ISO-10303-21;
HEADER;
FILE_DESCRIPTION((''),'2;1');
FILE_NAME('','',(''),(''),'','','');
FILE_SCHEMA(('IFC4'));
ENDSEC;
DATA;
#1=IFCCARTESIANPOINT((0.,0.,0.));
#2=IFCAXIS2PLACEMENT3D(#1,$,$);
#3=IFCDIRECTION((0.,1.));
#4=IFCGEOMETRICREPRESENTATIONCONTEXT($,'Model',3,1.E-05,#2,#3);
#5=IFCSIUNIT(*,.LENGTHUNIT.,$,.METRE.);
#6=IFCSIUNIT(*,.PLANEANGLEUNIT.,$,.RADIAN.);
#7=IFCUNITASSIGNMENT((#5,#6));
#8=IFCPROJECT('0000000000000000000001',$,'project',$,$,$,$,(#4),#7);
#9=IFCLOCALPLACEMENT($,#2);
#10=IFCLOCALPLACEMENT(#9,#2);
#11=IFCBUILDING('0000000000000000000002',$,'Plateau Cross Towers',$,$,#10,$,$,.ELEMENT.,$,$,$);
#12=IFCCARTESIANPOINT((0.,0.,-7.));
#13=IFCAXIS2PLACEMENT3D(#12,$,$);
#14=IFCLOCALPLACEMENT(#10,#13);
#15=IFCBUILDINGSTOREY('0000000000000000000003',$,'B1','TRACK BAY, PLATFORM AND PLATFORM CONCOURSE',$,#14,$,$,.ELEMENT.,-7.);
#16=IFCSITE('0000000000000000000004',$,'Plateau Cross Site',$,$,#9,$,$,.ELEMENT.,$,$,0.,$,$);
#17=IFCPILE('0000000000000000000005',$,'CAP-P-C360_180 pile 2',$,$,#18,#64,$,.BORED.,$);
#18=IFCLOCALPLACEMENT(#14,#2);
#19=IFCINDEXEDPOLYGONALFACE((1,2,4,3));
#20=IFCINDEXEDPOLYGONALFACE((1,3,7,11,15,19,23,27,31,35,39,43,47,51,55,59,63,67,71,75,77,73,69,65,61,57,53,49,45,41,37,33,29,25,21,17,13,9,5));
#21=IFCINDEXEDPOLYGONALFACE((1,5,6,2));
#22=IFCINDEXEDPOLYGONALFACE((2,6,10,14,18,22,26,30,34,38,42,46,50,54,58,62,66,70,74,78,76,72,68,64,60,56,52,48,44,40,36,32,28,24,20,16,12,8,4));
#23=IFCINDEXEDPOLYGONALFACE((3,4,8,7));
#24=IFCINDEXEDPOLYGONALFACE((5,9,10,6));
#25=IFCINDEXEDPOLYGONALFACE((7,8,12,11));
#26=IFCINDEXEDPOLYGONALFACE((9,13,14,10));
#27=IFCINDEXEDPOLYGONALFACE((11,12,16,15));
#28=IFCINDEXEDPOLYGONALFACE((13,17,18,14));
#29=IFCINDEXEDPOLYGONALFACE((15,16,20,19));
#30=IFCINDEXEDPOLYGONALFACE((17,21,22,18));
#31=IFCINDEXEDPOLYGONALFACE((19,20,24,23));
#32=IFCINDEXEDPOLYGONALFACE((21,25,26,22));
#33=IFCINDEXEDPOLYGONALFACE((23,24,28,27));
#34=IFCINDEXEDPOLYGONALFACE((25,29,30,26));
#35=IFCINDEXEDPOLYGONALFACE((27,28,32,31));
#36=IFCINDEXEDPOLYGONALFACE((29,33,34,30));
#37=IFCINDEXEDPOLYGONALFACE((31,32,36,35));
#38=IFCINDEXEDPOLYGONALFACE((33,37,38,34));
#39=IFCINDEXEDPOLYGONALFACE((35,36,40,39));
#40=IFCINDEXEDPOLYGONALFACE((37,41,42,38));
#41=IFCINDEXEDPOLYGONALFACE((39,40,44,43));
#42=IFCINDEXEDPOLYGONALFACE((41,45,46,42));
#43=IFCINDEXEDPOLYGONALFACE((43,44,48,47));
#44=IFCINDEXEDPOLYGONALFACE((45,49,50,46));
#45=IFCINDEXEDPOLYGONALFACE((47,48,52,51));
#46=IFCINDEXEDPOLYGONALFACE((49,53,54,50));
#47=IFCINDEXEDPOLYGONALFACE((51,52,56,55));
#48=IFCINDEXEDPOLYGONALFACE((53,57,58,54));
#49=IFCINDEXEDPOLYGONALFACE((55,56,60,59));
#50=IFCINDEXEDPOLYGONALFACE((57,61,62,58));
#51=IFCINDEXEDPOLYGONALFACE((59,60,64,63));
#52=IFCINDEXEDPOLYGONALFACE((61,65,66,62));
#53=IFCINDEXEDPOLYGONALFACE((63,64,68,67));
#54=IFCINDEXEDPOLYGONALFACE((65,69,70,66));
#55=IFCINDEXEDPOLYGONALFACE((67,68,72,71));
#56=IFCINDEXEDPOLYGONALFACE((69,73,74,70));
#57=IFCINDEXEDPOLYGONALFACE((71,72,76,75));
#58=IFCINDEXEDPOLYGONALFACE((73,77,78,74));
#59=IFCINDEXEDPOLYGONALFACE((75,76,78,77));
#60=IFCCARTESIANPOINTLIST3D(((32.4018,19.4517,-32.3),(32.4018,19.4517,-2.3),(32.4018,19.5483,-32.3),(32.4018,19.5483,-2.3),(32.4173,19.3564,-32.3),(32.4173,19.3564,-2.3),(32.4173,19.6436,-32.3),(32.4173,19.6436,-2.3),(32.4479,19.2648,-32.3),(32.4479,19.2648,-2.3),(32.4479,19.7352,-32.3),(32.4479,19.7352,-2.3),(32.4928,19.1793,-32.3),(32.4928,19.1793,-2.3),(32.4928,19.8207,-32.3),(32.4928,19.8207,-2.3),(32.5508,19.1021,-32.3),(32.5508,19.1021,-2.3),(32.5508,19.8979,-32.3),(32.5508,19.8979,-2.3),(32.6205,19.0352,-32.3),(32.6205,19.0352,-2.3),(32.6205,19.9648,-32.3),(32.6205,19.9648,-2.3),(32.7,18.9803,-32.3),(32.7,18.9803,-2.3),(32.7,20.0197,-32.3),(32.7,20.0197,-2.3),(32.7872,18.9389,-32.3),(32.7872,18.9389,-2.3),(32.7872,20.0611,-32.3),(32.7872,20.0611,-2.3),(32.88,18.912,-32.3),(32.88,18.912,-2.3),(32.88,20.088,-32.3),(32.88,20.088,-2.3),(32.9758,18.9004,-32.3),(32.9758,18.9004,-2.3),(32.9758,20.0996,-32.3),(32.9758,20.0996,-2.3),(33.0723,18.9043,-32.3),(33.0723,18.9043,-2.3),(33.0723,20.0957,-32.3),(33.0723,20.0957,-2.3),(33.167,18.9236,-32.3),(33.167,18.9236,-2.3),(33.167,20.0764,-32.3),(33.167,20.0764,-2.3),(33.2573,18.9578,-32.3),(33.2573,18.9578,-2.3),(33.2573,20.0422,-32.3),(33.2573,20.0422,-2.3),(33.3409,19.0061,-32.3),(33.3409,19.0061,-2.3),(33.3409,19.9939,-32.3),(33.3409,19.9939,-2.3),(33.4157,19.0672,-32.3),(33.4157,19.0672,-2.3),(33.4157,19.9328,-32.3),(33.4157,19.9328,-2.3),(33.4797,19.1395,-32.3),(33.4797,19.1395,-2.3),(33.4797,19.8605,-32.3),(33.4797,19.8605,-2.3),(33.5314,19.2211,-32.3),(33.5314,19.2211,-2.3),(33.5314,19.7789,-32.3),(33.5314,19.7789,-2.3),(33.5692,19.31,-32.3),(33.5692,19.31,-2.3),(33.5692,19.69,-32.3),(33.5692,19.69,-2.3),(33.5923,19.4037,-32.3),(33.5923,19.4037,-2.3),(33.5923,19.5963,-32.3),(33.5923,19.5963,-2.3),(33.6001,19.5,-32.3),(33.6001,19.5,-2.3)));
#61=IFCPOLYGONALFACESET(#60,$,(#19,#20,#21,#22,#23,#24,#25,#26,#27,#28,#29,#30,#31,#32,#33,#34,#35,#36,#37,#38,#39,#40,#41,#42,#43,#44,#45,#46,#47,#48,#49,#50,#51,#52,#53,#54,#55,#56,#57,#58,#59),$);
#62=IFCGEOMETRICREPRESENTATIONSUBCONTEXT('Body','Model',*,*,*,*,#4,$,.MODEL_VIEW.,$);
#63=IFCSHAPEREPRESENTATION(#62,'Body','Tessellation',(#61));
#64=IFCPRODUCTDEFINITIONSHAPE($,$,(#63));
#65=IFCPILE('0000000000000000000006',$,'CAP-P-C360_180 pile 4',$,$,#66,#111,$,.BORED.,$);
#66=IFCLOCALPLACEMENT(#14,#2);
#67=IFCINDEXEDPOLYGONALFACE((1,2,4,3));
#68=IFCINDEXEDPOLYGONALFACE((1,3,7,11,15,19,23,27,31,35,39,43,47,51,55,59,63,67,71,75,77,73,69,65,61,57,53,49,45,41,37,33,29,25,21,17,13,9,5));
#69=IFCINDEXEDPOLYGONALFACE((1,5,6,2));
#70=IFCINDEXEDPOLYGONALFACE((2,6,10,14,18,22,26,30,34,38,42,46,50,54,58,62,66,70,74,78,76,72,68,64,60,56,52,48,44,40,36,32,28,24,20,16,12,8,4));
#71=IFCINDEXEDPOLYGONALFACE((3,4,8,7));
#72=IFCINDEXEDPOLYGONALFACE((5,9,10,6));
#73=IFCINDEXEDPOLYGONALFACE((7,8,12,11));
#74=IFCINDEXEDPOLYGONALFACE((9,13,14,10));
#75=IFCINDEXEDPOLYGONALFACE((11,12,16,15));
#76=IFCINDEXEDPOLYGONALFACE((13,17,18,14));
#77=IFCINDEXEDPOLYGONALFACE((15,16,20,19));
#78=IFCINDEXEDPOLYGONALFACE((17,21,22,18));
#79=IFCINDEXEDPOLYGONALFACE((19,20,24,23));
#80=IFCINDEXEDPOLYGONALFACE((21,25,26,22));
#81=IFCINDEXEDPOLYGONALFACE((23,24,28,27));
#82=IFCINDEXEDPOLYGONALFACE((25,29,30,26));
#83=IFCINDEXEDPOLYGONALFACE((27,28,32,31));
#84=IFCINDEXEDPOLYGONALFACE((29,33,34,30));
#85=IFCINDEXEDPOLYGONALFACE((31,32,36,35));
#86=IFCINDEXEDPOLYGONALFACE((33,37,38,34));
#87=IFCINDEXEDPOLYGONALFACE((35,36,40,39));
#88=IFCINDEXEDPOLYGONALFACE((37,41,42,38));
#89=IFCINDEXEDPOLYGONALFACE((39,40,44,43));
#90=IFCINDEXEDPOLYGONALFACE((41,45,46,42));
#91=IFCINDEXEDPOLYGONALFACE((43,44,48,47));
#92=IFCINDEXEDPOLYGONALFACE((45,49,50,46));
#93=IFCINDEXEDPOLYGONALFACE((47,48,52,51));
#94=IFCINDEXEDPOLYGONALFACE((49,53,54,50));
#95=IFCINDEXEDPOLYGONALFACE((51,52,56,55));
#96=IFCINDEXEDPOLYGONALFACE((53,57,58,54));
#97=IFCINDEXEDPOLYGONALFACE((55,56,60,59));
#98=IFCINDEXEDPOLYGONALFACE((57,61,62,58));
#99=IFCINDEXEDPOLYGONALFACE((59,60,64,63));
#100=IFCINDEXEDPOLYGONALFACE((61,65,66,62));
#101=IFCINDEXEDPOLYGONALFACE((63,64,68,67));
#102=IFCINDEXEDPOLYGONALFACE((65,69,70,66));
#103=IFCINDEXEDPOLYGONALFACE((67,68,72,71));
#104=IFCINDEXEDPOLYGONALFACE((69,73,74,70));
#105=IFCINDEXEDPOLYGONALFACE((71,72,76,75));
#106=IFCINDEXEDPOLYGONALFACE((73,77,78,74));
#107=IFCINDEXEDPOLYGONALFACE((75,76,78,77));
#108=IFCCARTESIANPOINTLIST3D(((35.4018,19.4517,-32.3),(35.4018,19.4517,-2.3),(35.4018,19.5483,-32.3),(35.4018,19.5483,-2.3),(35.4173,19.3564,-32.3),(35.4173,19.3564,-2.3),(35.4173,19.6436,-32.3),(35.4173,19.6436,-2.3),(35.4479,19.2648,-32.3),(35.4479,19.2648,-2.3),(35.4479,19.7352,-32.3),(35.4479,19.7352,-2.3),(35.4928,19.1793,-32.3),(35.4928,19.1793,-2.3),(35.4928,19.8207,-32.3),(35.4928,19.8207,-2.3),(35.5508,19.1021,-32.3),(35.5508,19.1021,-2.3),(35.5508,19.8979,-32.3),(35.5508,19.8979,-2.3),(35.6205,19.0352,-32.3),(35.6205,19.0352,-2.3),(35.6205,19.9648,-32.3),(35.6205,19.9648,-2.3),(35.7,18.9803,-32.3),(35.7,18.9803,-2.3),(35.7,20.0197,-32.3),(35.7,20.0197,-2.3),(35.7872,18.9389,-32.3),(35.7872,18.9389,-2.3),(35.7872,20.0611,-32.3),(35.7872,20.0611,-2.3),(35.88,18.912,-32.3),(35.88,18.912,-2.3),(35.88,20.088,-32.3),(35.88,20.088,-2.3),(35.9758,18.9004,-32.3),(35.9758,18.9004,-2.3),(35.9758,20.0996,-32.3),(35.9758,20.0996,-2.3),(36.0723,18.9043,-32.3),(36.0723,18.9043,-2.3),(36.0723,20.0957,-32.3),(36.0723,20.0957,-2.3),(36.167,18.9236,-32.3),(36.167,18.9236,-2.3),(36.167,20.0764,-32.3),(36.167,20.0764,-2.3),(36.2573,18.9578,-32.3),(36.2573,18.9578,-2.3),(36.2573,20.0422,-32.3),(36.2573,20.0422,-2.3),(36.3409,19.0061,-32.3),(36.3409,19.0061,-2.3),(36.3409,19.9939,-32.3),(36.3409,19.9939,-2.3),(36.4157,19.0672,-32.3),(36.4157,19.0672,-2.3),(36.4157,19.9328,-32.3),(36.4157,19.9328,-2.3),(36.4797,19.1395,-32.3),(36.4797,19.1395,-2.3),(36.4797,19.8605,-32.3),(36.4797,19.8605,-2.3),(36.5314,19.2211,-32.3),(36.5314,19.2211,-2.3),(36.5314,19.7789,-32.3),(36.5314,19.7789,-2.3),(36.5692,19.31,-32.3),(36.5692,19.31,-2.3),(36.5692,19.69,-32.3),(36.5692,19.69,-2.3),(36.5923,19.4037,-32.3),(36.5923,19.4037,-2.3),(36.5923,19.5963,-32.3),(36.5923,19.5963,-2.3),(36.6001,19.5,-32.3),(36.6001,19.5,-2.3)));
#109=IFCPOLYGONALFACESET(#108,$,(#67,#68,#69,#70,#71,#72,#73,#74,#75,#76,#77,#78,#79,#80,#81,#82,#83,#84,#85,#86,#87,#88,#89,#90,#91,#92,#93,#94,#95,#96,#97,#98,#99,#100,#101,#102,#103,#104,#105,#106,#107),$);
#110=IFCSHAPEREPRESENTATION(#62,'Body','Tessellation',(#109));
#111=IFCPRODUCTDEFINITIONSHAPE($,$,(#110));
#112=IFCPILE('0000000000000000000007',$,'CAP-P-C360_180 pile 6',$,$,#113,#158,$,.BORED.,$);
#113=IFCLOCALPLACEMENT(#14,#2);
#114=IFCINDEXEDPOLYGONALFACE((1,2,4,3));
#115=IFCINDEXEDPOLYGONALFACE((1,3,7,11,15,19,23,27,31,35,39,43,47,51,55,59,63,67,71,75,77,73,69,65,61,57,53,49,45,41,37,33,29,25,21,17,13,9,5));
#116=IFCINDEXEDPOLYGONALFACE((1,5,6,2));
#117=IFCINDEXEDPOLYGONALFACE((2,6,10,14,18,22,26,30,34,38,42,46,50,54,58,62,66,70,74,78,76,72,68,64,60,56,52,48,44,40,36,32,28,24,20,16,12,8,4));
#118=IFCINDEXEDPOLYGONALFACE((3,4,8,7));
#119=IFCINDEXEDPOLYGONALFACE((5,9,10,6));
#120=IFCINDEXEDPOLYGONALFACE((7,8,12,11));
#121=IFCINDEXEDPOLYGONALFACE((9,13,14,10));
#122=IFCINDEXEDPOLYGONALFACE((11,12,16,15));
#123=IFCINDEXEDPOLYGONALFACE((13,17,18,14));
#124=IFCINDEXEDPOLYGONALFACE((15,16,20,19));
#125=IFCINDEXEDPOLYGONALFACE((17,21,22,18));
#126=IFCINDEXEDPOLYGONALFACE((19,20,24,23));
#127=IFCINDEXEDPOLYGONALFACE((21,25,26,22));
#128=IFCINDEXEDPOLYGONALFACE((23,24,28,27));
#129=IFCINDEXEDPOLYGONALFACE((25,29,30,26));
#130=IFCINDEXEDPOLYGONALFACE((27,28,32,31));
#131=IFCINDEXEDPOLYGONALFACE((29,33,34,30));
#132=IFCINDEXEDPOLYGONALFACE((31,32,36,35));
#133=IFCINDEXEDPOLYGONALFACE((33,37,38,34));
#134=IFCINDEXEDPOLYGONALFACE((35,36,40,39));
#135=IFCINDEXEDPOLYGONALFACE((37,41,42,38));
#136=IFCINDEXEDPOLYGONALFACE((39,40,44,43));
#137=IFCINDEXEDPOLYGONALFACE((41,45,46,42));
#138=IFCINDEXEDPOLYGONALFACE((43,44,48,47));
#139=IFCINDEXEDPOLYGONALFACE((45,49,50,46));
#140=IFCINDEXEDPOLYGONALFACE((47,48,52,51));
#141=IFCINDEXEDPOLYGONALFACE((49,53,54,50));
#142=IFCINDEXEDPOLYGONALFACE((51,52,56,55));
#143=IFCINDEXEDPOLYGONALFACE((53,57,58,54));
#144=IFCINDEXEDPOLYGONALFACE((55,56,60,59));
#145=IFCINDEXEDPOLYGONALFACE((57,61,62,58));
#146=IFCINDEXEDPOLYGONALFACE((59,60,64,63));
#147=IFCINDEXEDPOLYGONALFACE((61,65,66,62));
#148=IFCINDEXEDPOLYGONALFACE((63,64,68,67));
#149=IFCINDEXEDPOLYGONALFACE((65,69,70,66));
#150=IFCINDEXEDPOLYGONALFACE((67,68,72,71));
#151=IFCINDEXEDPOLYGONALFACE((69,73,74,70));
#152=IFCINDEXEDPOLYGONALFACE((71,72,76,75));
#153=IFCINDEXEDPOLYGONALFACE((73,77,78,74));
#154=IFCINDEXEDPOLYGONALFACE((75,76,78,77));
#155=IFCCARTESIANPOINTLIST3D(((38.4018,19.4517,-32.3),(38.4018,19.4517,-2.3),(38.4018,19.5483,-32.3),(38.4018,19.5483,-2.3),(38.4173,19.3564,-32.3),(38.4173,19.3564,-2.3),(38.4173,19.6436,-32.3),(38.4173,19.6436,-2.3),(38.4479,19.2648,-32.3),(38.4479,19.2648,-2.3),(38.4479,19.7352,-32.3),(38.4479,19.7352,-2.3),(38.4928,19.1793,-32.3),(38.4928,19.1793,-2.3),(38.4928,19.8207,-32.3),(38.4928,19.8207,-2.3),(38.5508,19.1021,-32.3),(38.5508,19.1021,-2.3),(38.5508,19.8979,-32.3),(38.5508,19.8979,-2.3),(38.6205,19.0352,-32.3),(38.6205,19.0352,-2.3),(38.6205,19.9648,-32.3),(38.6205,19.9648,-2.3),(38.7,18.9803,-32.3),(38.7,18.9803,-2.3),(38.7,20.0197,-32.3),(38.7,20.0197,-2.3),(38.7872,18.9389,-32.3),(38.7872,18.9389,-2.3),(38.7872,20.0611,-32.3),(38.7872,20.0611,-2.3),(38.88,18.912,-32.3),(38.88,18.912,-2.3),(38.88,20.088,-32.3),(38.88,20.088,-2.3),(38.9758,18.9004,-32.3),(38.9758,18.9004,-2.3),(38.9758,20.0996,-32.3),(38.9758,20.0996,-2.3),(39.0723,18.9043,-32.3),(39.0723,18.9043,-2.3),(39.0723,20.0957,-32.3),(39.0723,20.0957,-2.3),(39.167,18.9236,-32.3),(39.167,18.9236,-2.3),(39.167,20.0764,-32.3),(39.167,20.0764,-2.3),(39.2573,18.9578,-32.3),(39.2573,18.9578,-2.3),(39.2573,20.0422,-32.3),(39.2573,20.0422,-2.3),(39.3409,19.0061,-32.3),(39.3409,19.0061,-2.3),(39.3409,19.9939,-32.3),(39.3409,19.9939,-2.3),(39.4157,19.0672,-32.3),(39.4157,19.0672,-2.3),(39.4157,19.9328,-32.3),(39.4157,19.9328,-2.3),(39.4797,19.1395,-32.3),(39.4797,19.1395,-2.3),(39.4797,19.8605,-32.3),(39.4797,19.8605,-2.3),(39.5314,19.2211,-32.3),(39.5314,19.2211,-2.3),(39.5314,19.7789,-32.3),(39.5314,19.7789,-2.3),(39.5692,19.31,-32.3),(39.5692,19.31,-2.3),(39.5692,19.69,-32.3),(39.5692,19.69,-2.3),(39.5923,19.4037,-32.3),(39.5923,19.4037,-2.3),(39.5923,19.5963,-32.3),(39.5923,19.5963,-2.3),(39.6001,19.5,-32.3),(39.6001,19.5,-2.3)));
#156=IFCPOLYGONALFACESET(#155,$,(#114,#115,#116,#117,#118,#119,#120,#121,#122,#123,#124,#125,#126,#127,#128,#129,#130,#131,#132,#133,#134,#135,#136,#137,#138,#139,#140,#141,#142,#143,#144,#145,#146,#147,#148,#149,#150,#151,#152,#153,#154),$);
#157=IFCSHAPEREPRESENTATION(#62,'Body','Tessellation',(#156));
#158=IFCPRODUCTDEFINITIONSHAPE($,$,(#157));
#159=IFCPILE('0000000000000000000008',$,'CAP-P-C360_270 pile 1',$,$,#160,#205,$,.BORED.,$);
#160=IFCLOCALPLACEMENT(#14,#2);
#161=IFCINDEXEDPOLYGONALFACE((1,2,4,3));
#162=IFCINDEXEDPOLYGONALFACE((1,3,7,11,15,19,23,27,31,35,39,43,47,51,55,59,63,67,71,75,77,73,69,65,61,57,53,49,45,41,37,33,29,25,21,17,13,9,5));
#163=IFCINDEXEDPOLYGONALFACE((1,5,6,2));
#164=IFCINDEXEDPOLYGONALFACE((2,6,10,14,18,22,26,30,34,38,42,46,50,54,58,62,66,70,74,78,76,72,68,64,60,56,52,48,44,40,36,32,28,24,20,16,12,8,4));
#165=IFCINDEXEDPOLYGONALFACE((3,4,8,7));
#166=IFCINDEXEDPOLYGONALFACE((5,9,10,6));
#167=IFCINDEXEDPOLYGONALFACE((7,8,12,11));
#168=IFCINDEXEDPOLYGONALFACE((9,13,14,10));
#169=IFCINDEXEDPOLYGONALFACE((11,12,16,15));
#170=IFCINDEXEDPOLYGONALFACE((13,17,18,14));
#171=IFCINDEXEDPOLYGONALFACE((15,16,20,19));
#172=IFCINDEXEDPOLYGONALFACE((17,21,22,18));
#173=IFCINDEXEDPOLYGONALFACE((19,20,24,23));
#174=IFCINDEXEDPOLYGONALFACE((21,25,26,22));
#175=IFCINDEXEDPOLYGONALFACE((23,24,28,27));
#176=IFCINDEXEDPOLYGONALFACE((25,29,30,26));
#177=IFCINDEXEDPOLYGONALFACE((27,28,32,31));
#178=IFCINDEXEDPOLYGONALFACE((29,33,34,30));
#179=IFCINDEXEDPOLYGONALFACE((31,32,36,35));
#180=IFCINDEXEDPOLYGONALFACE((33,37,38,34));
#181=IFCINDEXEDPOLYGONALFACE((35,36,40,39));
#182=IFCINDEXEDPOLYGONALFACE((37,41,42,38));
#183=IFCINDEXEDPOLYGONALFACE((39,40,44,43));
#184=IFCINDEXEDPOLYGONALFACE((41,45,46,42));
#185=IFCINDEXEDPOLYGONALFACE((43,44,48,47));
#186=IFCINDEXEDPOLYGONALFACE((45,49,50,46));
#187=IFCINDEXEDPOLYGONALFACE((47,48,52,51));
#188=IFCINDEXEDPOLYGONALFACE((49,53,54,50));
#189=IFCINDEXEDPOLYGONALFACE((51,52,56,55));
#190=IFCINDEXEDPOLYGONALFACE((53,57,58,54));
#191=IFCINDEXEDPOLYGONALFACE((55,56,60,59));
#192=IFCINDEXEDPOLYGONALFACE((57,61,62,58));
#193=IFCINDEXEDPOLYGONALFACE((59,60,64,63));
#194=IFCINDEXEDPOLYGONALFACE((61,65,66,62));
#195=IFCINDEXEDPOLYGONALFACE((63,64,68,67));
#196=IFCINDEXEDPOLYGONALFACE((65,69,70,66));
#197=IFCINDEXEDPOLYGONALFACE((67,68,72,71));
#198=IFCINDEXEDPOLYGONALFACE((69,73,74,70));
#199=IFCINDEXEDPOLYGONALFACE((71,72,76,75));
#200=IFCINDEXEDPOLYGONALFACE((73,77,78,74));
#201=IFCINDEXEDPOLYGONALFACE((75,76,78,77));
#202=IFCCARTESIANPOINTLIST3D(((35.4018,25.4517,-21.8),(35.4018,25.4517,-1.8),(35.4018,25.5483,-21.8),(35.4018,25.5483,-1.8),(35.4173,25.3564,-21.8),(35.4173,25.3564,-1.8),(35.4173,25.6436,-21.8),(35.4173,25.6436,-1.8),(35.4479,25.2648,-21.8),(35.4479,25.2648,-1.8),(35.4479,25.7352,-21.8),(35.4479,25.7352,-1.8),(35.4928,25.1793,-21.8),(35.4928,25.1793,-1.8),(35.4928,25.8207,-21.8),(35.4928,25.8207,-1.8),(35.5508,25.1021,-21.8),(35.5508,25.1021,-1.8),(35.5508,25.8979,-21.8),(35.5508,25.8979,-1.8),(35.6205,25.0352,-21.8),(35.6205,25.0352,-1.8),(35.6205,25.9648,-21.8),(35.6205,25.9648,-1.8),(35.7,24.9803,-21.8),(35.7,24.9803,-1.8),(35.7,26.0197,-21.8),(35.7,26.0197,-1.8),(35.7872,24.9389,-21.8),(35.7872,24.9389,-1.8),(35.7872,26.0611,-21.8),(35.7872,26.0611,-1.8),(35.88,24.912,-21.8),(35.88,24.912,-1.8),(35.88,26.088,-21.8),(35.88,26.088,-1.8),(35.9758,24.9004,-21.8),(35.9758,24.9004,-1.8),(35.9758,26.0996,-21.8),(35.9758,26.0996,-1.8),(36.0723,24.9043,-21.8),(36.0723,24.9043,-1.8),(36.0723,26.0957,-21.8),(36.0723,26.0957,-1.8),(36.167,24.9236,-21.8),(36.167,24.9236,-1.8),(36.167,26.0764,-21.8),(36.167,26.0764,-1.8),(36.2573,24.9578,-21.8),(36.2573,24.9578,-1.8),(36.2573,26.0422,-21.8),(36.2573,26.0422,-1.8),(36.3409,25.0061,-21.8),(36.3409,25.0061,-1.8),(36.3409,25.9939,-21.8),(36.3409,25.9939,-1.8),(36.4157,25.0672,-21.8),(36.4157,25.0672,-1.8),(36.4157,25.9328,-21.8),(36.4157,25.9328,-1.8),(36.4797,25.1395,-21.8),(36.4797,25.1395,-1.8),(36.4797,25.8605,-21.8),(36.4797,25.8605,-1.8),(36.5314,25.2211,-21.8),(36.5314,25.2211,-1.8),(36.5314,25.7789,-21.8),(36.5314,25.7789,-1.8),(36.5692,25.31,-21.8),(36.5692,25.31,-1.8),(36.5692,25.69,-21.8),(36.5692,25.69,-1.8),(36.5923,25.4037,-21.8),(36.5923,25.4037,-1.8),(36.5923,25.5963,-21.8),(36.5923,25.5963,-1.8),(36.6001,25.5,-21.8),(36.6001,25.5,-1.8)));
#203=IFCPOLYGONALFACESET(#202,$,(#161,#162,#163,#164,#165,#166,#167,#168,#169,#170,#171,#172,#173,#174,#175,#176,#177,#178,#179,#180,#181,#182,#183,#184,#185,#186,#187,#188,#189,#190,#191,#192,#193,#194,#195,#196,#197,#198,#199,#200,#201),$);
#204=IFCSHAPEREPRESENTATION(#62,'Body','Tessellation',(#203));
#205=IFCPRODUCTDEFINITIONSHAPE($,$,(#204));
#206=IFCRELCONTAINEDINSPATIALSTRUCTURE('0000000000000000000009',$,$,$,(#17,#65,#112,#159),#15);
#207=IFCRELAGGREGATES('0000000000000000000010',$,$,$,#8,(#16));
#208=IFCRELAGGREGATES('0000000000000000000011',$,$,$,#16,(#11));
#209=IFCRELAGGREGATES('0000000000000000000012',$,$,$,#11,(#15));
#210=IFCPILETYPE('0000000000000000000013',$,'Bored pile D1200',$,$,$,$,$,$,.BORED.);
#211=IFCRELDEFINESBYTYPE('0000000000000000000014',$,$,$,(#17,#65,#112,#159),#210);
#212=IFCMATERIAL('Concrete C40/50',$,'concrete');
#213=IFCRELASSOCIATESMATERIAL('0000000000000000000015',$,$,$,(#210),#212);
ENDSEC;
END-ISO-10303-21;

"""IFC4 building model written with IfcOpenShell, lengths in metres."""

from ifc_helpers import new_model, si_unit, direction, frame, origin, origin_2d, place, context, subcontext, project, spatial, circle, extrude, material, material_profile, profile_set, type_object, element, save


model = new_model("IFC4")

# Units and contexts
model_context = context("Model", 3, precision=1e-05, world=origin(), true_north=direction((0.0, 1.0)))
body_context = subcontext(model_context, "Body", "Model", "MODEL_VIEW")
ifc_project = project(units=[si_unit("LENGTHUNIT", "METRE"), si_unit("PLANEANGLEUNIT", "RADIAN")], contexts=[model_context])

# Site, building, storey
site_placement = place(None, origin())
site = spatial("IfcSite", under=ifc_project, at=site_placement, Name="Plateau Cross Site", CompositionType="ELEMENT", RefElevation=0.0)
building_placement = place(site_placement, origin())
building = spatial("IfcBuilding", under=site, at=building_placement, Name="Plateau Cross Towers", CompositionType="ELEMENT")
storey_placement = place(building_placement, frame((0.0, 0.0, -7.0)))
storey = spatial("IfcBuildingStorey", under=building, at=storey_placement, Name="B1", Description="TRACK BAY, PLATFORM AND PLATFORM CONCOURSE", CompositionType="ELEMENT", Elevation=-7.0)

# Piles
ifc_material_1 = material(Name="Concrete C40/50", Category="concrete")
ifc_material_profile_1 = material_profile(ifc_material_1, circle(Radius=0.6001, at=origin_2d()), Name="Bored pile D1200")
ifc_profile_set_1 = profile_set([ifc_material_profile_1], Name="Concrete C40/50")
pile_type = type_object("IfcPileType", Name="Bored pile D1200", PredefinedType="BORED", material=ifc_profile_set_1)
for number, where, z_axis, x_axis, name in (
    (1, (33.0, 19.5, -2.3), (0.0, 0.0, -1.0), (1.0, 0.0, 0.0), "CAP-P-C360_180 pile 2"),
    (2, (36.0, 19.5, -2.3), (0.0, 0.0, -1.0), (1.0, 0.0, 0.0), "CAP-P-C360_180 pile 4"),
    (3, (39.0, 19.5, -2.3), (0.0, 0.0, -1.0), (1.0, 0.0, 0.0), "CAP-P-C360_180 pile 6"),
):
    element("IfcPile", number, at=place(storey_placement, frame(where, z_axis=z_axis, x_axis=x_axis)), inside=storey, type_object=pile_type, Name=name, PredefinedType="BORED", context=body_context, shape_type="SweptSolid", body=[
        extrude(circle(Radius=0.6001, at=origin_2d()), origin(), (0.0, 0.0, 1.0), 30.0),
    ])
for number, where, z_axis, x_axis, name in (
    (4, (36.0, 25.5, -1.8), (0.0, 0.0, -1.0), (1.0, 0.0, 0.0), "CAP-P-C360_270 pile 1"),
):
    element("IfcPile", number, at=place(storey_placement, frame(where, z_axis=z_axis, x_axis=x_axis)), inside=storey, type_object=pile_type, Name=name, PredefinedType="BORED", context=body_context, shape_type="SweptSolid", body=[
        extrude(circle(Radius=0.6001, at=origin_2d()), origin(), (0.0, 0.0, 1.0), 20.0),
    ])

save(model, "model.ifc")
